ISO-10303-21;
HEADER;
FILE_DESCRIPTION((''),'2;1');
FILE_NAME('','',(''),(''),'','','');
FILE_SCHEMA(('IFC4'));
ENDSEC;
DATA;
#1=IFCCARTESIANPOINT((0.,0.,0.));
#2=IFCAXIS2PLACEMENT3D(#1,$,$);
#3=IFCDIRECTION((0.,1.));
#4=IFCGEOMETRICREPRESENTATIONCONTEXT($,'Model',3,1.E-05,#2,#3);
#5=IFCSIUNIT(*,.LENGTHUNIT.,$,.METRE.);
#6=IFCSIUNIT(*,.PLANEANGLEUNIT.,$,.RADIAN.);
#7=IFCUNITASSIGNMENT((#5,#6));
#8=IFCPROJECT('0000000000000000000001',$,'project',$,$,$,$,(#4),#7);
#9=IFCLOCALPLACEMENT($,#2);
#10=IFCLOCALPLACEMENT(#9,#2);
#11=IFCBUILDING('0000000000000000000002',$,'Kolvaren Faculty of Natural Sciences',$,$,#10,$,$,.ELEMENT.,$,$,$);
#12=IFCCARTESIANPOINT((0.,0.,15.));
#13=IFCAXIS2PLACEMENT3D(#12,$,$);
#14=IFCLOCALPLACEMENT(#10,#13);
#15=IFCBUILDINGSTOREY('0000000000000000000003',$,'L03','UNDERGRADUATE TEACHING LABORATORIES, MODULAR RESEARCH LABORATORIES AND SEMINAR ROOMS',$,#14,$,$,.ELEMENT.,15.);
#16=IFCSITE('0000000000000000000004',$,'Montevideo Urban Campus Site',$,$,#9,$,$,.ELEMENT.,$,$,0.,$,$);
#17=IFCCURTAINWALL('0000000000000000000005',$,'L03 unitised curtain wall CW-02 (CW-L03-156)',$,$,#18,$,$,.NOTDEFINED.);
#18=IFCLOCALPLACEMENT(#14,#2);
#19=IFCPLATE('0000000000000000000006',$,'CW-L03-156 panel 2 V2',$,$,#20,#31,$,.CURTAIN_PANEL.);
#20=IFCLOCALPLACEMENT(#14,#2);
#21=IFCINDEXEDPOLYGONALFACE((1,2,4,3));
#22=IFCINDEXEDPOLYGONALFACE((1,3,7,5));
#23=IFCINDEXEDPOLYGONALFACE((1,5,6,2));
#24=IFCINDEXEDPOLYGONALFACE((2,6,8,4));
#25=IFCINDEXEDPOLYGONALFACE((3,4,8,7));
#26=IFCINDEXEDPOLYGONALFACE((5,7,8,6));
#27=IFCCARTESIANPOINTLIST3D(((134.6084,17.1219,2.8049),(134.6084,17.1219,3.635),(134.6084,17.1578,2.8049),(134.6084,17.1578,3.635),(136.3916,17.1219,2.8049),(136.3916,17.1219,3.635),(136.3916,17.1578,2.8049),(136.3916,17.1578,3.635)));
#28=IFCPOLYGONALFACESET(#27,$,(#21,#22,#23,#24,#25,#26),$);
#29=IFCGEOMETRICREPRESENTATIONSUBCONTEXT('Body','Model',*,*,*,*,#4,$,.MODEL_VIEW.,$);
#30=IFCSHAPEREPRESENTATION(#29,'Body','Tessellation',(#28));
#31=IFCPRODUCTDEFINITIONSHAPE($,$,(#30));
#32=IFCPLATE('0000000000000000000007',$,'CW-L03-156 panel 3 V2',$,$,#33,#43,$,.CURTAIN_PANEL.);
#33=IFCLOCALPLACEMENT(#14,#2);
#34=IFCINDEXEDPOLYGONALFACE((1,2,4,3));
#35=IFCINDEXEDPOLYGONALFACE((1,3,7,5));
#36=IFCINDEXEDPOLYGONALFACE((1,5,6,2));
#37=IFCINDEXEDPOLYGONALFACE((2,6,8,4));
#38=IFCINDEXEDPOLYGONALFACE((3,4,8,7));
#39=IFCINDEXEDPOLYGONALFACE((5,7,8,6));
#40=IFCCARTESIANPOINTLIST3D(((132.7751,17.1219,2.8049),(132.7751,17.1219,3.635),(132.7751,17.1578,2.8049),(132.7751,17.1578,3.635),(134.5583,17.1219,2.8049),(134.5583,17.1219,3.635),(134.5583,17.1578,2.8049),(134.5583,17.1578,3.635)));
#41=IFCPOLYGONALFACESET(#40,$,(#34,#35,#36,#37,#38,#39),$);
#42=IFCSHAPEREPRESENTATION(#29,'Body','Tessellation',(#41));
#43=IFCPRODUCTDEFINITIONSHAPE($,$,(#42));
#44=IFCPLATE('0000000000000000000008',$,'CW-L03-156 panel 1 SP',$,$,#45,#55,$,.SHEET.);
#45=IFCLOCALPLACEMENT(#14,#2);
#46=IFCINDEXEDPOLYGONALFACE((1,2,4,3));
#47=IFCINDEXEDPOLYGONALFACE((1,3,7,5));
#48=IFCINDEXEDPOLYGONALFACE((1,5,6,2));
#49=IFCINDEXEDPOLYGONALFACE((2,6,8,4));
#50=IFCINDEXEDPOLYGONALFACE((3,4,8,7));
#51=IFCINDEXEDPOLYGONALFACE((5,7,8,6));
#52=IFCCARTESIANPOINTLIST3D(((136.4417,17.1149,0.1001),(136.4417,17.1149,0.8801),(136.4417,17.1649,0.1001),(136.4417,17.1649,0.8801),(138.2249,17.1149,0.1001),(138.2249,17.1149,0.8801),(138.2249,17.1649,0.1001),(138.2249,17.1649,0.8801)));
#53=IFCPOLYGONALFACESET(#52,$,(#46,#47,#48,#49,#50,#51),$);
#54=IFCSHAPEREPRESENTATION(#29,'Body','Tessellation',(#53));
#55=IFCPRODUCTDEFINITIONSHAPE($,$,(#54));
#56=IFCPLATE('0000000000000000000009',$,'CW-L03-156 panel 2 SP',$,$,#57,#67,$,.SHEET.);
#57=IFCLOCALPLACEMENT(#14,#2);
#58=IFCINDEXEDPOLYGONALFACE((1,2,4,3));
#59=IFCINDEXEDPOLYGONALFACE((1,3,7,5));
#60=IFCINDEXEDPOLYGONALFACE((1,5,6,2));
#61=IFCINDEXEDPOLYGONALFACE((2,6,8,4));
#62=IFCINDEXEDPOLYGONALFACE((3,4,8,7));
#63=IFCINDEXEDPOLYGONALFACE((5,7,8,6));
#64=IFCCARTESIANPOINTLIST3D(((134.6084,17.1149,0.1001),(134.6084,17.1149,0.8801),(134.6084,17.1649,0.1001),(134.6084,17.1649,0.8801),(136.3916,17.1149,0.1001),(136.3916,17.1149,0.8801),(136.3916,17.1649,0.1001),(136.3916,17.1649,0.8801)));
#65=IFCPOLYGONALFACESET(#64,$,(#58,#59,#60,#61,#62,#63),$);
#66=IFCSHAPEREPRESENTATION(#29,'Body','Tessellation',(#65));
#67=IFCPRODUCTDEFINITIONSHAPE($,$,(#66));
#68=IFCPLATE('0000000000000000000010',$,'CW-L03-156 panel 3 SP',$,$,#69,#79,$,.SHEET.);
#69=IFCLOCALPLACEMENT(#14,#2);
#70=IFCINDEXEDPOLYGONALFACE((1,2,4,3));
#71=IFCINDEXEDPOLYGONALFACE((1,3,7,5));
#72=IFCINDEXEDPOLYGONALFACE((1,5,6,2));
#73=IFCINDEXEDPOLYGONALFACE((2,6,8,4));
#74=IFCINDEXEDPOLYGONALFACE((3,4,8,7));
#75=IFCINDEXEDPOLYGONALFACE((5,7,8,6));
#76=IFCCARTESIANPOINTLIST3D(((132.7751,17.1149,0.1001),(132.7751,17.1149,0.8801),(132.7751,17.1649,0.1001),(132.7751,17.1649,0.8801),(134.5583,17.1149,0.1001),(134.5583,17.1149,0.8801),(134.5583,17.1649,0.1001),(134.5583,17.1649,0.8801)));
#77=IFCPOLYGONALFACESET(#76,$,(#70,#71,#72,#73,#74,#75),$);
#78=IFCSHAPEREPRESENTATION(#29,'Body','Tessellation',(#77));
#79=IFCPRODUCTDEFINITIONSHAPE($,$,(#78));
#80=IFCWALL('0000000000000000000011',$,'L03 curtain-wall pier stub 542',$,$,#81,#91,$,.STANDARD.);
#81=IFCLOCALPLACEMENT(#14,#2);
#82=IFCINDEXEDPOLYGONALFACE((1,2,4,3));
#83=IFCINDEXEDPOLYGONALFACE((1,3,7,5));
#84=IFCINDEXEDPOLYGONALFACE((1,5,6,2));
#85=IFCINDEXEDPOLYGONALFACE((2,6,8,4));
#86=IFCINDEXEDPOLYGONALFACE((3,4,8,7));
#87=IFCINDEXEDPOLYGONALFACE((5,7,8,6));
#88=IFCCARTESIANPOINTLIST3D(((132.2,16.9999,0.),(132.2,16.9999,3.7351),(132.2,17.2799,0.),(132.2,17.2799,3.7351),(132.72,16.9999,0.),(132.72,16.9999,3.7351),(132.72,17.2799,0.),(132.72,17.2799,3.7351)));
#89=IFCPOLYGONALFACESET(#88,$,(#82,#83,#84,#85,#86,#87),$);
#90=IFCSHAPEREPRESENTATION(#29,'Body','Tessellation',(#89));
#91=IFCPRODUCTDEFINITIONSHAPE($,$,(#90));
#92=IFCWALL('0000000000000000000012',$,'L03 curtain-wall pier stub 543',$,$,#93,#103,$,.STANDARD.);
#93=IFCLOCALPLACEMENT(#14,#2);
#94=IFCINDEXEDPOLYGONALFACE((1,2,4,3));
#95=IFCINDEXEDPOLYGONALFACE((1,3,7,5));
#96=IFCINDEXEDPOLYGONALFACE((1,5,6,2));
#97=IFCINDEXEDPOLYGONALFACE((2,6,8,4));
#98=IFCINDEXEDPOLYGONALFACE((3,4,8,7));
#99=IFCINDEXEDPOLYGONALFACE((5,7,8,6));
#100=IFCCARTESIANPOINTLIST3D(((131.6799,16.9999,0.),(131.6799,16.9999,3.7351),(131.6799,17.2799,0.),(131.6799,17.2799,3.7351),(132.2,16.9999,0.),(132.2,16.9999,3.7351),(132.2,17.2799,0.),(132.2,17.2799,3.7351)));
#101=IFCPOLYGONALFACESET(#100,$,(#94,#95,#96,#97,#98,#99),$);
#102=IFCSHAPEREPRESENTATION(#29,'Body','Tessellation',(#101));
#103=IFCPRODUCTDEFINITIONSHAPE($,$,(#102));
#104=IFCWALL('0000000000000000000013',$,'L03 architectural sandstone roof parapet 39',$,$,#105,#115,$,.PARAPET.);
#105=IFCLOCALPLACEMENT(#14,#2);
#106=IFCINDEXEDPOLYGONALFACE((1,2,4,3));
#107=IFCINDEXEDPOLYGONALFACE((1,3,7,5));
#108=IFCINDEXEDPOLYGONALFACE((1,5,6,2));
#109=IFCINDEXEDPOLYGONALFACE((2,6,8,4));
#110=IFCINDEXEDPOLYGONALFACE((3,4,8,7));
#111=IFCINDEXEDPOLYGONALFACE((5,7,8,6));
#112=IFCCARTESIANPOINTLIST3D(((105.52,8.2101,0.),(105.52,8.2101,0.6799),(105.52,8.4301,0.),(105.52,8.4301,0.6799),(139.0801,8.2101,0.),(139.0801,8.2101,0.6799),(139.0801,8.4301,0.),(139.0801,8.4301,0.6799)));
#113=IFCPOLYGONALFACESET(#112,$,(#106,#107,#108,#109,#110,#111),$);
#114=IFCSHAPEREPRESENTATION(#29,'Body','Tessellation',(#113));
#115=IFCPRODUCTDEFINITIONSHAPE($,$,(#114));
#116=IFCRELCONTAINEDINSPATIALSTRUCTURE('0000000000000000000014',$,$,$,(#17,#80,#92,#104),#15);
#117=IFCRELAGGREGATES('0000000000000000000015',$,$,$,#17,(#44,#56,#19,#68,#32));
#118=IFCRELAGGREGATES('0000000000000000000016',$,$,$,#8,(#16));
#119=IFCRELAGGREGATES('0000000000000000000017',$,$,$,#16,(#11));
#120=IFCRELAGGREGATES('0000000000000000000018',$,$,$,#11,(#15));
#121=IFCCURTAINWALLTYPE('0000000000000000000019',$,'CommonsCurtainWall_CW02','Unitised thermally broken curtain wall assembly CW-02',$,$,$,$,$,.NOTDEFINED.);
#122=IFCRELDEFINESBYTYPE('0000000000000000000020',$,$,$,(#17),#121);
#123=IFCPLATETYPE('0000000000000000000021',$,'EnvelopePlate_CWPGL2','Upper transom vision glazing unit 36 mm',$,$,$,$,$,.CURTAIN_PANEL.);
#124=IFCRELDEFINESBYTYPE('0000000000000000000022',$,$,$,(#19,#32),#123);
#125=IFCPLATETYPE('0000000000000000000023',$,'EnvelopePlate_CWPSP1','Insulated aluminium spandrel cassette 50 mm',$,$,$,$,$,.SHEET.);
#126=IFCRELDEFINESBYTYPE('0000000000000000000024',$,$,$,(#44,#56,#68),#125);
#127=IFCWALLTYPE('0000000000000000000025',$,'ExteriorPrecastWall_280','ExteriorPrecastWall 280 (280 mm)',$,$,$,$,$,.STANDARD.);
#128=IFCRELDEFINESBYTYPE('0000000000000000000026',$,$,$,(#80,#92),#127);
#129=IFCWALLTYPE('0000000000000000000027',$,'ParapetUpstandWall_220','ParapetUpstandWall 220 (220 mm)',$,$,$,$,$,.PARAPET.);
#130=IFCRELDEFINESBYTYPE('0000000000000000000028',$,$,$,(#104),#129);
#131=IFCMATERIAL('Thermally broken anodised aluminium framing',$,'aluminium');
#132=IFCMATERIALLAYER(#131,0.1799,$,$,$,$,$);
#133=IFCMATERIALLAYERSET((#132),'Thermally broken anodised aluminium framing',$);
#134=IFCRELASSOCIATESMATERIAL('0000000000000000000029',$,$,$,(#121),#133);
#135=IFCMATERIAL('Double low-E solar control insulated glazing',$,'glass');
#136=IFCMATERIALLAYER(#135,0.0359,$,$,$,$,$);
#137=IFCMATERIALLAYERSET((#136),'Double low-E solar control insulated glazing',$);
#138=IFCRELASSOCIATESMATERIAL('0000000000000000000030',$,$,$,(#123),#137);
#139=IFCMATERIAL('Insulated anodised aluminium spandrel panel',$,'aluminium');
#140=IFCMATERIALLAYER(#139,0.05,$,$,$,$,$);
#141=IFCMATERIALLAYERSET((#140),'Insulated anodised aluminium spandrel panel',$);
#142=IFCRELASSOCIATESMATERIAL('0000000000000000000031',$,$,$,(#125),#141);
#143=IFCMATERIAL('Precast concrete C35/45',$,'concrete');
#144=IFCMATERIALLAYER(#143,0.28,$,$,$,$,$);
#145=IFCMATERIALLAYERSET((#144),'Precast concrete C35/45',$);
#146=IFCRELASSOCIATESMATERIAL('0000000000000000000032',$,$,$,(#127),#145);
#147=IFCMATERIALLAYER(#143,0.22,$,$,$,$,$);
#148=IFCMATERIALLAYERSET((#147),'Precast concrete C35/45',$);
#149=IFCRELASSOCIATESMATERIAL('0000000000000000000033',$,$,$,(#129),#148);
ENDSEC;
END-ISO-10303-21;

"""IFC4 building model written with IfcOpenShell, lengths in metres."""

from ifc_helpers import new_model, si_unit, direction, frame, frame_2d, origin, origin_2d, place, context, subcontext, project, spatial, rectangle, extrude, material, layer, layer_set, type_object, element, aggregate, save


model = new_model("IFC4")

# Units and contexts
model_context = context("Model", 3, precision=1e-05, world=origin(), true_north=direction((0.0, 1.0)))
body_context = subcontext(model_context, "Body", "Model", "MODEL_VIEW")
ifc_project = project(units=[si_unit("LENGTHUNIT", "METRE"), si_unit("PLANEANGLEUNIT", "RADIAN")], contexts=[model_context])

# Site, building, storey
site_placement = place(None, origin())
site = spatial("IfcSite", under=ifc_project, at=site_placement, Name="Montevideo Urban Campus Site", CompositionType="ELEMENT", RefElevation=0.0)
building_placement = place(site_placement, origin())
building = spatial("IfcBuilding", under=site, at=building_placement, Name="Kolvaren Faculty of Natural Sciences", CompositionType="ELEMENT")
storey_placement = place(building_placement, frame((0.0, 0.0, 15.0)))
storey = spatial("IfcBuildingStorey", under=building, at=storey_placement, Name="L03", Description="UNDERGRADUATE TEACHING LABORATORIES, MODULAR RESEARCH LABORATORIES AND SEMINAR ROOMS", CompositionType="ELEMENT", Elevation=15.0)

# Curtain wall
ifc_material_1 = material(Name="Thermally broken anodised aluminium framing", Category="aluminium")
ifc_layer_1 = layer(ifc_material_1, 0.1799)
ifc_layer_set_1 = layer_set([ifc_layer_1], Name="Thermally broken anodised aluminium framing")
curtain_wall_type = type_object("IfcCurtainWallType", Name="CommonsCurtainWall_CW02", Description="Unitised thermally broken curtain wall assembly CW-02", PredefinedType="NOTDEFINED", material=ifc_layer_set_1)
curtain_wall_placement = place(storey_placement, origin())
curtain_wall = element("IfcCurtainWall", 1, at=curtain_wall_placement, inside=storey, type_object=curtain_wall_type, Name="L03 unitised curtain wall CW-02 (CW-L03-156)", PredefinedType="NOTDEFINED")

# Plates
ifc_material_2 = material(Name="Double low-E solar control insulated glazing", Category="glass")
ifc_layer_2 = layer(ifc_material_2, 0.0359)
ifc_layer_set_2 = layer_set([ifc_layer_2], Name="Double low-E solar control insulated glazing")
plate_type_1 = type_object("IfcPlateType", Name="EnvelopePlate_CWPGL2", Description="Upper transom vision glazing unit 36 mm", PredefinedType="CURTAIN_PANEL", material=ifc_layer_set_2)
plate_1_placement = place(storey_placement, frame((135.5, 17.1399, 2.8049), z_axis=(0.0, 0.0, 1.0), x_axis=(-1.0, 0.0, 0.0)))
plate_1 = element("IfcPlate", 2, at=plate_1_placement, type_object=plate_type_1, Name="CW-L03-156 panel 2 V2", PredefinedType="CURTAIN_PANEL", context=body_context, shape_type="SweptSolid", body=[
    extrude(rectangle(XDim=1.7832, YDim=0.0359, at=origin_2d()), origin(), (0.0, 0.0, 1.0), 0.8301),
])
plate_2_placement = place(storey_placement, frame((133.6667, 17.1399, 2.8049), z_axis=(0.0, 0.0, 1.0), x_axis=(-1.0, 0.0, 0.0)))
plate_2 = element("IfcPlate", 3, at=plate_2_placement, type_object=plate_type_1, Name="CW-L03-156 panel 3 V2", PredefinedType="CURTAIN_PANEL", context=body_context, shape_type="SweptSolid", body=[
    extrude(rectangle(XDim=1.7832, YDim=0.0359, at=origin_2d()), origin(), (0.0, 0.0, 1.0), 0.8301),
])
ifc_material_3 = material(Name="Insulated anodised aluminium spandrel panel", Category="aluminium")
ifc_layer_3 = layer(ifc_material_3, 0.05)
ifc_layer_set_3 = layer_set([ifc_layer_3], Name="Insulated anodised aluminium spandrel panel")
plate_type_2 = type_object("IfcPlateType", Name="EnvelopePlate_CWPSP1", Description="Insulated aluminium spandrel cassette 50 mm", PredefinedType="SHEET", material=ifc_layer_set_3)
plate_3_placement = place(storey_placement, frame((137.3333, 17.1399, 0.1001), z_axis=(0.0, 0.0, 1.0), x_axis=(-1.0, 0.0, 0.0)))
plate_3 = element("IfcPlate", 4, at=plate_3_placement, type_object=plate_type_2, Name="CW-L03-156 panel 1 SP", PredefinedType="SHEET", context=body_context, shape_type="SweptSolid", body=[
    extrude(rectangle(XDim=1.7832, YDim=0.05, at=origin_2d()), origin(), (0.0, 0.0, 1.0), 0.78),
])
plate_4_placement = place(storey_placement, frame((135.5, 17.1399, 0.1001), z_axis=(0.0, 0.0, 1.0), x_axis=(-1.0, 0.0, 0.0)))
plate_4 = element("IfcPlate", 5, at=plate_4_placement, type_object=plate_type_2, Name="CW-L03-156 panel 2 SP", PredefinedType="SHEET", context=body_context, shape_type="SweptSolid", body=[
    extrude(rectangle(XDim=1.7832, YDim=0.05, at=origin_2d()), origin(), (0.0, 0.0, 1.0), 0.78),
])
plate_5_placement = place(storey_placement, frame((133.6667, 17.1399, 0.1001), z_axis=(0.0, 0.0, 1.0), x_axis=(-1.0, 0.0, 0.0)))
plate_5 = element("IfcPlate", 6, at=plate_5_placement, type_object=plate_type_2, Name="CW-L03-156 panel 3 SP", PredefinedType="SHEET", context=body_context, shape_type="SweptSolid", body=[
    extrude(rectangle(XDim=1.7832, YDim=0.05, at=origin_2d()), origin(), (0.0, 0.0, 1.0), 0.78),
])
aggregate(curtain_wall, [plate_3, plate_4, plate_1, plate_5, plate_2])

# Walls
ifc_material_4 = material(Name="Precast concrete C35/45", Category="concrete")
ifc_layer_4 = layer(ifc_material_4, 0.28)
ifc_layer_set_4 = layer_set([ifc_layer_4], Name="Precast concrete C35/45")
wall_type_1 = type_object("IfcWallType", Name="ExteriorPrecastWall_280", Description="ExteriorPrecastWall 280 (280 mm)", PredefinedType="STANDARD", material=ifc_layer_set_4)
for number, where, z_axis, x_axis, name in (
    (7, (132.72, 17.1399, 0.0), (0.0, 0.0, 1.0), (-1.0, 0.0, 0.0), "L03 curtain-wall pier stub 542"),
    (8, (132.2, 17.1399, 0.0), (0.0, 0.0, 1.0), (-1.0, 0.0, 0.0), "L03 curtain-wall pier stub 543"),
):
    element("IfcWall", number, at=place(storey_placement, frame(where, z_axis=z_axis, x_axis=x_axis)), inside=storey, type_object=wall_type_1, Name=name, PredefinedType="STANDARD", context=body_context, shape_type="SweptSolid", body=[
        extrude(rectangle(XDim=0.52, YDim=0.28, at=frame_2d((0.26, 0.0))), origin(), (0.0, 0.0, 1.0), 3.7351),
    ])
ifc_layer_5 = layer(ifc_material_4, 0.22)
ifc_layer_set_5 = layer_set([ifc_layer_5], Name="Precast concrete C35/45")
wall_type_2 = type_object("IfcWallType", Name="ParapetUpstandWall_220", Description="ParapetUpstandWall 220 (220 mm)", PredefinedType="PARAPET", material=ifc_layer_set_5)
wall_placement = place(storey_placement, frame((139.0801, 8.3201, 0.0), z_axis=(0.0, 0.0, 1.0), x_axis=(-1.0, 0.0, 0.0)))
element("IfcWall", 9, at=wall_placement, inside=storey, type_object=wall_type_2, Name="L03 architectural sandstone roof parapet 39", PredefinedType="PARAPET", context=body_context, shape_type="SweptSolid", body=[
    extrude(rectangle(XDim=33.5601, YDim=0.22, at=frame_2d((16.78, 0.0))), origin(), (0.0, 0.0, 1.0), 0.6799),
])

save(model, "model.ifc")
